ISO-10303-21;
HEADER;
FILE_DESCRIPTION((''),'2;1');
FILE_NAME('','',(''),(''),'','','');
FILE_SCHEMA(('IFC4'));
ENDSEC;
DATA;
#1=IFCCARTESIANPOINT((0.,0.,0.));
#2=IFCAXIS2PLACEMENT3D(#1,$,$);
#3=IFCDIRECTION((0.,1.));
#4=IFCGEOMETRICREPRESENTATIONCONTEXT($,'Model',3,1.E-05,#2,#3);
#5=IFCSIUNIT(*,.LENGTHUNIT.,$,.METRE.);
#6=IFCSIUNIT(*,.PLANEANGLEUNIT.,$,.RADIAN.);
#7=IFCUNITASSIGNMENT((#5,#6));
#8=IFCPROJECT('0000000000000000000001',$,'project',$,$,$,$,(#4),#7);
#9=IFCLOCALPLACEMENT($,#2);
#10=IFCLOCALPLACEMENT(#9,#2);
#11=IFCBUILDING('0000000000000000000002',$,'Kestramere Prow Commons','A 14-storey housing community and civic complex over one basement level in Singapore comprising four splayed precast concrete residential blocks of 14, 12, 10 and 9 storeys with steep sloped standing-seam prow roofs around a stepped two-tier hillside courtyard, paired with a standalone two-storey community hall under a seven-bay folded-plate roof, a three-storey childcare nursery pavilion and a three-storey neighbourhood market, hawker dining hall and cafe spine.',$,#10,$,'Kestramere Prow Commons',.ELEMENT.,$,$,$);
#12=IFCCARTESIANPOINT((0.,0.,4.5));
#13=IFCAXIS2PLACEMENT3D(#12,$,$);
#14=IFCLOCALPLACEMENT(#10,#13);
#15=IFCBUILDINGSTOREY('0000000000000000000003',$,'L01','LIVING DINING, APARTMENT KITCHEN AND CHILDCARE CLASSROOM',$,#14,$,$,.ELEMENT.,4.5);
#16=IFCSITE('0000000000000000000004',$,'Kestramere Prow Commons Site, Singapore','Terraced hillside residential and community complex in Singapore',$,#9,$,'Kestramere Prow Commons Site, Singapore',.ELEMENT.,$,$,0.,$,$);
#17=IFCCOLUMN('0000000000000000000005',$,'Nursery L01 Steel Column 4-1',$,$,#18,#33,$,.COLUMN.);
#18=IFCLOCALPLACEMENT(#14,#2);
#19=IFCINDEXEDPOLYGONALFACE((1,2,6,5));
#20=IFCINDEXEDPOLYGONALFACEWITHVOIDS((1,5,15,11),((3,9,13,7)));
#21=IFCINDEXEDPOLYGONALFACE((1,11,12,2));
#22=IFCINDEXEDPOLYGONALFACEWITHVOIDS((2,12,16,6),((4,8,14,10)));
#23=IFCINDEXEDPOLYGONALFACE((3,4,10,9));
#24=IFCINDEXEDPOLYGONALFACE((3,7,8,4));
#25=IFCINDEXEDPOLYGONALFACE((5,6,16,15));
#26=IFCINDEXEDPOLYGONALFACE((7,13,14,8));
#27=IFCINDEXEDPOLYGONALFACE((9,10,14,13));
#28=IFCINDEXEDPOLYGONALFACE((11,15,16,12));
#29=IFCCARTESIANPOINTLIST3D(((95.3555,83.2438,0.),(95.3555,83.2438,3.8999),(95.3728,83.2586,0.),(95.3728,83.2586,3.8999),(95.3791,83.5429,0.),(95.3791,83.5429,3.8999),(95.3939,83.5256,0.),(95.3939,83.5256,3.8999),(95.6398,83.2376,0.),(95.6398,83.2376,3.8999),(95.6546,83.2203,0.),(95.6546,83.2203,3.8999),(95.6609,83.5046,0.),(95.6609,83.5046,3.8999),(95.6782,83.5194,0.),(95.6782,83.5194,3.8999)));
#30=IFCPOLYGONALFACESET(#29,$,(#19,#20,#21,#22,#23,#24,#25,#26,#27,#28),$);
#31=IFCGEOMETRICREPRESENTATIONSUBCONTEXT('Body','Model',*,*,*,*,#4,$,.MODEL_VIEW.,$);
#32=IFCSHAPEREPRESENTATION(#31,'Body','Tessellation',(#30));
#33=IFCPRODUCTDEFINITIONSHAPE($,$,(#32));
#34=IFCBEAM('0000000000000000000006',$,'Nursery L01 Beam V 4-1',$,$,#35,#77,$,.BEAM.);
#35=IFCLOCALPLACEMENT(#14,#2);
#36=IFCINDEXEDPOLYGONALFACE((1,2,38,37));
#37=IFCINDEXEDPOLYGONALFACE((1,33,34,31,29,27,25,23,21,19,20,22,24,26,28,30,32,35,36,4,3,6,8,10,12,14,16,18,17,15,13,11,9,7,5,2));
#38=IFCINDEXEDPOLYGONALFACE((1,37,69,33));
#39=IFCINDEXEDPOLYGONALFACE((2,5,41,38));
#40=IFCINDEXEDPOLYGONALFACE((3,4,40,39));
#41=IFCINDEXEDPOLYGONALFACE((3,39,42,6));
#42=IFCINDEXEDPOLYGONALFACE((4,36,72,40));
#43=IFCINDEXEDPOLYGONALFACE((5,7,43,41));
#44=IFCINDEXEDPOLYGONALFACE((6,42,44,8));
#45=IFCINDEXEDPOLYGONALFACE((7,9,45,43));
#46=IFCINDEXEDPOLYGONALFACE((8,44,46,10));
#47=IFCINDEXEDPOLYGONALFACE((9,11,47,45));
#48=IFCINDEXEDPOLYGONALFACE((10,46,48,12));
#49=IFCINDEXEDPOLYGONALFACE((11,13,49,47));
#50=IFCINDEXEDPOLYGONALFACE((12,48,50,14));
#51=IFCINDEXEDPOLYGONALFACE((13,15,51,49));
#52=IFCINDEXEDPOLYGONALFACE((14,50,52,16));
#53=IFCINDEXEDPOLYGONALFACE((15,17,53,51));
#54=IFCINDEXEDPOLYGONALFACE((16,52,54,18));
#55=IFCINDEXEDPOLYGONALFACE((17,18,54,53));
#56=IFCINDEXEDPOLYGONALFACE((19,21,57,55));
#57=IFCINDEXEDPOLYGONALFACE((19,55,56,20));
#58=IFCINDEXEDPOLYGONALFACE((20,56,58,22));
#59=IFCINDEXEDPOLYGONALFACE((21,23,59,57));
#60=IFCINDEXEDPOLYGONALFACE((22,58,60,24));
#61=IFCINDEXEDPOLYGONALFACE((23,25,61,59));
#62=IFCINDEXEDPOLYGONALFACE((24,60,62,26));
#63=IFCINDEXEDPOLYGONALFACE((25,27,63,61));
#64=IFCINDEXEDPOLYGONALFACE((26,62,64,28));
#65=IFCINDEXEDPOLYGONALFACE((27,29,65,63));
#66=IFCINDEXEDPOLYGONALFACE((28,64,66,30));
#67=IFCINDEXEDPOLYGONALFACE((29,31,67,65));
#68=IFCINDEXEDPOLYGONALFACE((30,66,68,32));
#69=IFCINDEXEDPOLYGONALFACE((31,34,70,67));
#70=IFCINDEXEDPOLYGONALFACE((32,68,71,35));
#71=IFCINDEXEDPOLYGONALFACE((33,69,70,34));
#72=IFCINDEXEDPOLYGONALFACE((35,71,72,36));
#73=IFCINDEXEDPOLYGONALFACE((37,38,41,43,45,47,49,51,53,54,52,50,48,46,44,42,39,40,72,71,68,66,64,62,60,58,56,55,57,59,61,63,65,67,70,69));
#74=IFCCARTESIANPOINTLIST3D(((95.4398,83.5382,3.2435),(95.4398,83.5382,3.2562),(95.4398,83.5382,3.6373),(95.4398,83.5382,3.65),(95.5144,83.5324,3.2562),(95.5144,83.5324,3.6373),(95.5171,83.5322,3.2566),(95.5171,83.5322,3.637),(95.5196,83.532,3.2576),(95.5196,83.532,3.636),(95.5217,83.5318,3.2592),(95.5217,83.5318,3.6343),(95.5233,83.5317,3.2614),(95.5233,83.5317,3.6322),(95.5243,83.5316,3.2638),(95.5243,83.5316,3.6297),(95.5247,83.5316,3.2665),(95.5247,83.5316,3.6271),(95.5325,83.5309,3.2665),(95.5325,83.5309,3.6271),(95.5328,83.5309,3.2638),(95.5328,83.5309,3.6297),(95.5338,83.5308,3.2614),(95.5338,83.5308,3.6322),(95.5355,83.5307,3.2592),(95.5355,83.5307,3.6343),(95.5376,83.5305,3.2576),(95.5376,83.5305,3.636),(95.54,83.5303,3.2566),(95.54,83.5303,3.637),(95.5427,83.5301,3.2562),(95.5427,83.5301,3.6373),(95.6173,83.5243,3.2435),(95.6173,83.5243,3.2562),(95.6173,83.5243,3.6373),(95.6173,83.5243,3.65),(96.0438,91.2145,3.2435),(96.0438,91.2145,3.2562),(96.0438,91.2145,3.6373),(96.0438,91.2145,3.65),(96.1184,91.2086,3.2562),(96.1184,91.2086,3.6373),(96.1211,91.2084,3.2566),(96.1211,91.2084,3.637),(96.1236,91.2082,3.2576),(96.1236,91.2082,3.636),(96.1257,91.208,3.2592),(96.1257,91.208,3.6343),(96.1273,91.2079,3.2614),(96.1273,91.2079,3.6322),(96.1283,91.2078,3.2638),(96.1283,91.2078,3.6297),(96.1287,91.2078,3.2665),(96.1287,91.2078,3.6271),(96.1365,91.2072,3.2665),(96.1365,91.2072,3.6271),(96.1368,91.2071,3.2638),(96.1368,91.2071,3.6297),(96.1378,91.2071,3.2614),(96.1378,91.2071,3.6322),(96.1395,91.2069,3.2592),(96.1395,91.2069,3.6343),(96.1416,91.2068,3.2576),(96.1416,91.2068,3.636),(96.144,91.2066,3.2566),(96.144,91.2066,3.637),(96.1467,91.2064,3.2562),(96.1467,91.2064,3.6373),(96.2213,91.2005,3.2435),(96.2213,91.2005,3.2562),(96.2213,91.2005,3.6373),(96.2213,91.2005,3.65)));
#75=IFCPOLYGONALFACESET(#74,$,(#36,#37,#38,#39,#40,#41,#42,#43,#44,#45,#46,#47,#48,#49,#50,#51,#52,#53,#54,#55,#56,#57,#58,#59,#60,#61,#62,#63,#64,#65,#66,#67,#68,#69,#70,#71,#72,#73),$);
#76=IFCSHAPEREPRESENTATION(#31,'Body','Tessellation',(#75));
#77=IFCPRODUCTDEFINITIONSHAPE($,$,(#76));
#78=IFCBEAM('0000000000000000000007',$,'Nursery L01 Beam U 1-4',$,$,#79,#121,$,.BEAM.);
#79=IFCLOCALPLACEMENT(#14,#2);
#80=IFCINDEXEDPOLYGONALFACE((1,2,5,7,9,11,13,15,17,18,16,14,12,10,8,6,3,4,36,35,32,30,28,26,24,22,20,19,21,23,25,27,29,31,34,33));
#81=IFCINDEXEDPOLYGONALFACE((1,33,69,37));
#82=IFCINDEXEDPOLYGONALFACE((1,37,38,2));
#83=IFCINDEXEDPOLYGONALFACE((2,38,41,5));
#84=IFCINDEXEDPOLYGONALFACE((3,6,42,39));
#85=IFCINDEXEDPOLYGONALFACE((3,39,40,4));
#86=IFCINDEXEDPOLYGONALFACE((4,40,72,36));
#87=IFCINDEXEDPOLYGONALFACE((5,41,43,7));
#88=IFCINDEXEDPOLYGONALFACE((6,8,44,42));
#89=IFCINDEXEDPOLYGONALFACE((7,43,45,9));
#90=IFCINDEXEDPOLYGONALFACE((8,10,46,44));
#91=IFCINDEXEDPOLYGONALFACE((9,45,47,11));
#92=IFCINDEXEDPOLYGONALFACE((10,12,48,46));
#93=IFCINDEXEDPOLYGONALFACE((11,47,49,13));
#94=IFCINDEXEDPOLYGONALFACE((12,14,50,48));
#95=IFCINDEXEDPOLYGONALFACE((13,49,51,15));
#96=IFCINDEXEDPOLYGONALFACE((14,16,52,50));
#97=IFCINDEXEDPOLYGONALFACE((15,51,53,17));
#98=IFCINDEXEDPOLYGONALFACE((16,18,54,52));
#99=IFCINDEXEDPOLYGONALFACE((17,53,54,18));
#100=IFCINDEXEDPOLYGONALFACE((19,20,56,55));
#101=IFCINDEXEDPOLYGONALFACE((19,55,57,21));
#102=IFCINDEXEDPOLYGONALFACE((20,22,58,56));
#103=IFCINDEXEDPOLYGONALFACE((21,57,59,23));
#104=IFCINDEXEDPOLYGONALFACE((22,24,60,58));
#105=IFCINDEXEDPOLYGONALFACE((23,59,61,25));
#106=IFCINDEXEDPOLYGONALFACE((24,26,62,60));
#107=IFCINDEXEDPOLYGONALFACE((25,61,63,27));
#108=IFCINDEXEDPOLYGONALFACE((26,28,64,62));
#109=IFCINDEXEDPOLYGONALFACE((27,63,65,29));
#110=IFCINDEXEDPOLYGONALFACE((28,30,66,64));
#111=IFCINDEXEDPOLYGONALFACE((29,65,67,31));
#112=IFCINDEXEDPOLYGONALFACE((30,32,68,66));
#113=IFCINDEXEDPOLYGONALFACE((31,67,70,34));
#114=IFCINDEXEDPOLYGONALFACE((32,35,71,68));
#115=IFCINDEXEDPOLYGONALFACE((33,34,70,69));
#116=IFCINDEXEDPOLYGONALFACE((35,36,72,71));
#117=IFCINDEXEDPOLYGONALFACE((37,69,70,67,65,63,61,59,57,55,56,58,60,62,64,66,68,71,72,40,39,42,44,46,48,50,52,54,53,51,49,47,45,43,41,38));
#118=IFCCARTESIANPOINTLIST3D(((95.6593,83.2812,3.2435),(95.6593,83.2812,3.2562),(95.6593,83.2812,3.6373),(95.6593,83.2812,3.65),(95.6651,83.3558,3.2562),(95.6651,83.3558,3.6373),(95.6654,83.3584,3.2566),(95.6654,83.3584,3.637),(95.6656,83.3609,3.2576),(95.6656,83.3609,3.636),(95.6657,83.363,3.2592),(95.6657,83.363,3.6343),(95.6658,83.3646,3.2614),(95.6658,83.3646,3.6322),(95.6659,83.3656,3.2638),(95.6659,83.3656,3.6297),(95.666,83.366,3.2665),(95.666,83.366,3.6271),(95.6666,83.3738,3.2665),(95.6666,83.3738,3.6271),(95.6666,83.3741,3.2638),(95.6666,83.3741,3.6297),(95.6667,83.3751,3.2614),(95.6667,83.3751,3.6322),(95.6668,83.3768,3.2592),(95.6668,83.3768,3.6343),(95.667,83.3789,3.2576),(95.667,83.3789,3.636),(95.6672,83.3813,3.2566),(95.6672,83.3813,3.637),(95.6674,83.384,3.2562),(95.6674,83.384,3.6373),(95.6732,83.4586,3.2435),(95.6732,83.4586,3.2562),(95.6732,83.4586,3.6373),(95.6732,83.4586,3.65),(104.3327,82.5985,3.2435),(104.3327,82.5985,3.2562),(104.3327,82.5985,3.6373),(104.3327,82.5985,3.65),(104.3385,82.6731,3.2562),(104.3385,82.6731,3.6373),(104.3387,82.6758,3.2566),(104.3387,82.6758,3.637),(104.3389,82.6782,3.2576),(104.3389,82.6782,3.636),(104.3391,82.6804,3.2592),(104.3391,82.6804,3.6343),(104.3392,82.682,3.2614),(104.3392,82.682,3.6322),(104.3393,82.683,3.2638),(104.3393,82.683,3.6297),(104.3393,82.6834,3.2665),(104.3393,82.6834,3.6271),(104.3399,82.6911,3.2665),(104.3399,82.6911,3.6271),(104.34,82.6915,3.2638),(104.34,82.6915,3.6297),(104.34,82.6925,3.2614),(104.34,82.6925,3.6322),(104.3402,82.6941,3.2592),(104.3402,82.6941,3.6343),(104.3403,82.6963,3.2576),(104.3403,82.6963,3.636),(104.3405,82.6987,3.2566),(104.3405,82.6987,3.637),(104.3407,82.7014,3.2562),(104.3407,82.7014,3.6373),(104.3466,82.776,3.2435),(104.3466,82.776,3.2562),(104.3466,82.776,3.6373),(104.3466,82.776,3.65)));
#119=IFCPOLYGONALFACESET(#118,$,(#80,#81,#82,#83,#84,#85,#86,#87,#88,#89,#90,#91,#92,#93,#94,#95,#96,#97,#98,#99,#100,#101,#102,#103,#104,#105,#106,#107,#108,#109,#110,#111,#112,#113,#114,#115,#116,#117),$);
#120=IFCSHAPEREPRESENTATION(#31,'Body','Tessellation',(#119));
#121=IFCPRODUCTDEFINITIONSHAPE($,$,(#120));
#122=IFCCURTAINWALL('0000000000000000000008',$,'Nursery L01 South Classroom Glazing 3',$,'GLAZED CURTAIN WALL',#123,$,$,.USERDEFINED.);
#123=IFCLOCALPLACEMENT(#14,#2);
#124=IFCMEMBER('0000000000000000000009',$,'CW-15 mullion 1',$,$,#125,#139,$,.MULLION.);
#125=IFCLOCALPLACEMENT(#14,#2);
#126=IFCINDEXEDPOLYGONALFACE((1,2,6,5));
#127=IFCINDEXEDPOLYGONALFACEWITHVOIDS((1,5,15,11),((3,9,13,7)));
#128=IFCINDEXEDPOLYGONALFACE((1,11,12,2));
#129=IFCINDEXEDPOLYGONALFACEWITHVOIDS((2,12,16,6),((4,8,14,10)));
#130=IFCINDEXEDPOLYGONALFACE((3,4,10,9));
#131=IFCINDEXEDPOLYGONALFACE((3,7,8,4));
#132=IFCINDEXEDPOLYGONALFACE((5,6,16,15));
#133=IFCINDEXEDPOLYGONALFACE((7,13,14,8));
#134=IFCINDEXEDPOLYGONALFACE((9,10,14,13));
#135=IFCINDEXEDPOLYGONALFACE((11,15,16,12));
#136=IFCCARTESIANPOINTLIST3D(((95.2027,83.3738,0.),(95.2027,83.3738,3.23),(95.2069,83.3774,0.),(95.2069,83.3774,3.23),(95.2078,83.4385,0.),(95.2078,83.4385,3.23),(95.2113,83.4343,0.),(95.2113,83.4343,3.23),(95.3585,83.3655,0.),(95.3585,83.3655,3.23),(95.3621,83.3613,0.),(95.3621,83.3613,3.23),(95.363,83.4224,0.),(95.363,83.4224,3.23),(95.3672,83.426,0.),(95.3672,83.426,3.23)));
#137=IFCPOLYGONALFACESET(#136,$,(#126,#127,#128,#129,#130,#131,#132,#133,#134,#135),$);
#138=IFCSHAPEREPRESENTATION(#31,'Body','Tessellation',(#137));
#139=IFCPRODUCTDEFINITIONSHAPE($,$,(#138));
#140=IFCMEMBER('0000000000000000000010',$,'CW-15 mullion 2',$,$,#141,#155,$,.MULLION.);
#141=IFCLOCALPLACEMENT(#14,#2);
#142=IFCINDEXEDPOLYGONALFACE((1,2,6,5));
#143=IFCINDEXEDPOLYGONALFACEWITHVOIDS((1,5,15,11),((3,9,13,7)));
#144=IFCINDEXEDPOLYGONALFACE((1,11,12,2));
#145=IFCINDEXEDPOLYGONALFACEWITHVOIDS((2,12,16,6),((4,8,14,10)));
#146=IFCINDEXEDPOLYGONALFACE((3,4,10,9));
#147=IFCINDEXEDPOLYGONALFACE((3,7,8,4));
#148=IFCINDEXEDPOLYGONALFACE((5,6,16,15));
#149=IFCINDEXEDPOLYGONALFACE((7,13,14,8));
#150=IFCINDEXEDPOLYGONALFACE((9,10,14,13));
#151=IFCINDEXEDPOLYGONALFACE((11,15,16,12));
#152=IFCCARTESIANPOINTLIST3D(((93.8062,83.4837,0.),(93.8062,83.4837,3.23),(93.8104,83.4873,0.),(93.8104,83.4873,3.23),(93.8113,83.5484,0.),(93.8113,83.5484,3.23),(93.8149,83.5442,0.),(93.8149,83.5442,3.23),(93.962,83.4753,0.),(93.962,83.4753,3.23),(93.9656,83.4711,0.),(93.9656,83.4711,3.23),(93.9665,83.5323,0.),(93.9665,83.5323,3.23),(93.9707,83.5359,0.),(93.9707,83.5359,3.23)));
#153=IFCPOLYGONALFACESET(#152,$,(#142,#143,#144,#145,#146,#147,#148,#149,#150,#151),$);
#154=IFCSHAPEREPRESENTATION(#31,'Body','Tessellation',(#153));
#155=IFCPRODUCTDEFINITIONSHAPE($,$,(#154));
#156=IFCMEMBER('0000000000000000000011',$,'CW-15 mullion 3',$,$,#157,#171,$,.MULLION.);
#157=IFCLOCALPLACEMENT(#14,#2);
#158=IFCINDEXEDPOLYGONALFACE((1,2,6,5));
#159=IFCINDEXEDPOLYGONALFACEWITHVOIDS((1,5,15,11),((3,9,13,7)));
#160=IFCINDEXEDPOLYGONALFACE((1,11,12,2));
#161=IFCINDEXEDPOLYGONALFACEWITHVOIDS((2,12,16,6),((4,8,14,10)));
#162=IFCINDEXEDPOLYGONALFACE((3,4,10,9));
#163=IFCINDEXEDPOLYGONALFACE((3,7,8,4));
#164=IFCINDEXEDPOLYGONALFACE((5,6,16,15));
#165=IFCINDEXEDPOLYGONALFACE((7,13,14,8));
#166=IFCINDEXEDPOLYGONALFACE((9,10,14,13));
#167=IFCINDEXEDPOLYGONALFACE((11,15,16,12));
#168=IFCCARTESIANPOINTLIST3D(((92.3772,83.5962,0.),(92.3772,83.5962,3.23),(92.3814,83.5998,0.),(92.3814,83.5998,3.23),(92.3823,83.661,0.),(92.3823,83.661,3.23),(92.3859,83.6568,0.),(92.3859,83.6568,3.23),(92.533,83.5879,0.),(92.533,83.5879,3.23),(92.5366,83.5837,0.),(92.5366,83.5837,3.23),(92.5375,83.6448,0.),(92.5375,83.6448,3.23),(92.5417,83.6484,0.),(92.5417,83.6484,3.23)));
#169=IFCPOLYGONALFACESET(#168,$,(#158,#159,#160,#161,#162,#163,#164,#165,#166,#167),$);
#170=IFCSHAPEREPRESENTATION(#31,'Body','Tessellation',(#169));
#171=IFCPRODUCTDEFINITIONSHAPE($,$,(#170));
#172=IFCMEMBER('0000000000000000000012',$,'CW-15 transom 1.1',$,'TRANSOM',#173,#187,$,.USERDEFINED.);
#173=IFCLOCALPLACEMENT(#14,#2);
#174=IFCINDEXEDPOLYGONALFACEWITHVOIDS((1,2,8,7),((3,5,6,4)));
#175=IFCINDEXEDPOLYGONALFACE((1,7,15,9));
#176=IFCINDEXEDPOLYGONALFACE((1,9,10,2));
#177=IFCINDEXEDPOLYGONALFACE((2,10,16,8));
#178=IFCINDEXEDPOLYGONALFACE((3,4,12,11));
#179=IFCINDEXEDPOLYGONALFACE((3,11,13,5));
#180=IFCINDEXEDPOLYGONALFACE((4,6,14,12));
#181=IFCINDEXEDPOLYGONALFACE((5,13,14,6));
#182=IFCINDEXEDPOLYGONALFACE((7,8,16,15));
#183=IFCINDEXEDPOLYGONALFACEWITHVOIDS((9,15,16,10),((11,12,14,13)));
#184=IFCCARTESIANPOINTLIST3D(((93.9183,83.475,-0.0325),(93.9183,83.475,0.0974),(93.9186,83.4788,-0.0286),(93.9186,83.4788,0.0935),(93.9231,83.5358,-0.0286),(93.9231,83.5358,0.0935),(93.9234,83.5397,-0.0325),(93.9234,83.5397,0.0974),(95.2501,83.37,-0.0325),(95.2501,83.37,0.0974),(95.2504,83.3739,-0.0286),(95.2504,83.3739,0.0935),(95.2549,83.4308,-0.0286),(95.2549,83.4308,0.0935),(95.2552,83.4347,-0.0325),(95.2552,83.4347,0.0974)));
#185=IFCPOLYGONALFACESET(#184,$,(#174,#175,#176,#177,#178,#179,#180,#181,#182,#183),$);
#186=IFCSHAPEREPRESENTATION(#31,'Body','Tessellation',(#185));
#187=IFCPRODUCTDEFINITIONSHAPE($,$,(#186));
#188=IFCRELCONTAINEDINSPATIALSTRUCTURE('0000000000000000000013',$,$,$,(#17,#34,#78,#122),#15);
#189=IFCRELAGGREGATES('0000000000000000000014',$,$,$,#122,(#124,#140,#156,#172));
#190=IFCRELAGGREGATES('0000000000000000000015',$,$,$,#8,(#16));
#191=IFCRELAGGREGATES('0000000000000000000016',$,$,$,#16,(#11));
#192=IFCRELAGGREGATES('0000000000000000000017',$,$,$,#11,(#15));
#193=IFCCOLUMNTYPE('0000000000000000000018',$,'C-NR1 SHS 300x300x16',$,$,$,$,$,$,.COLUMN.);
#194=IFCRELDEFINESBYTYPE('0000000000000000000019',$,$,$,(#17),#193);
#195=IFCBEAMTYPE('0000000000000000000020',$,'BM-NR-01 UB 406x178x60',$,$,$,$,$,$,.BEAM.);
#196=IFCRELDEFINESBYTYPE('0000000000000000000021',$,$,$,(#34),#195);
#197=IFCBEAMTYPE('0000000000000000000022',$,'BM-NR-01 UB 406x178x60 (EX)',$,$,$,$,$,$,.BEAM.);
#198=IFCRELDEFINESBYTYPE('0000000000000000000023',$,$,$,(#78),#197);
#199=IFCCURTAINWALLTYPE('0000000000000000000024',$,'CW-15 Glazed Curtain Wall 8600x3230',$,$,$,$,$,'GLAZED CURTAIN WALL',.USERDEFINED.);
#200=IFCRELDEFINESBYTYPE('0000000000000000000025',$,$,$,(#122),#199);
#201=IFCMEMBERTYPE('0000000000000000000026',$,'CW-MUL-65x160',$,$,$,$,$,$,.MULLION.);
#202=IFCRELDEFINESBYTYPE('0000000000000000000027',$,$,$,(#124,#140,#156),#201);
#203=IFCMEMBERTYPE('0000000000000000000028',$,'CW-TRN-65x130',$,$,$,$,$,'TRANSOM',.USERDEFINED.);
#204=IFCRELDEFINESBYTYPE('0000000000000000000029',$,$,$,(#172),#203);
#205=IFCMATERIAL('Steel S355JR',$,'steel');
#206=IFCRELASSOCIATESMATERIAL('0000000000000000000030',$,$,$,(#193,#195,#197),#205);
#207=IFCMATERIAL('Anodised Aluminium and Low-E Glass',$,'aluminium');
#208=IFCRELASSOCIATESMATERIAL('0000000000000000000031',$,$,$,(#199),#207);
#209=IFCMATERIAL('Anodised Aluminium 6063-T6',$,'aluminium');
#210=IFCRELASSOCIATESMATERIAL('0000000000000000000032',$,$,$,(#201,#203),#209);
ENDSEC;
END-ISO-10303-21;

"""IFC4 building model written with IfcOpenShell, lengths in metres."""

from ifc_helpers import new_model, si_unit, direction, frame, origin, origin_2d, place, context, subcontext, project, spatial, hollow_rectangle, i_section, extrude, material, material_profile, profile_set, type_object, element, aggregate, save


model = new_model("IFC4")

# Units and contexts
model_context = context("Model", 3, precision=1e-05, world=origin(), true_north=direction((0.0, 1.0)))
body_context = subcontext(model_context, "Body", "Model", "MODEL_VIEW")
ifc_project = project(units=[si_unit("LENGTHUNIT", "METRE"), si_unit("PLANEANGLEUNIT", "RADIAN")], contexts=[model_context])

# Site, building, storey
site_placement = place(None, origin())
site = spatial("IfcSite", under=ifc_project, at=site_placement, Name="Kestramere Prow Commons Site, Singapore", Description="Terraced hillside residential and community complex in Singapore", LongName="Kestramere Prow Commons Site, Singapore", CompositionType="ELEMENT", RefElevation=0.0)
building_placement = place(site_placement, origin())
building = spatial("IfcBuilding", under=site, at=building_placement, Name="Kestramere Prow Commons", Description="A 14-storey housing community and civic complex over one basement level in Singapore comprising four splayed precast concrete residential blocks of 14, 12, 10 and 9 storeys with steep sloped standing-seam prow roofs around a stepped two-tier hillside courtyard, paired with a standalone two-storey community hall under a seven-bay folded-plate roof, a three-storey childcare nursery pavilion and a three-storey neighbourhood market, hawker dining hall and cafe spine.", LongName="Kestramere Prow Commons", CompositionType="ELEMENT")
storey_placement = place(building_placement, frame((0.0, 0.0, 4.5)))
storey = spatial("IfcBuildingStorey", under=building, at=storey_placement, Name="L01", Description="LIVING DINING, APARTMENT KITCHEN AND CHILDCARE CLASSROOM", CompositionType="ELEMENT", Elevation=4.5)

# Column
ifc_material_1 = material(Name="Steel S355JR", Category="steel")
ifc_material_profile_1 = material_profile(ifc_material_1, hollow_rectangle(XDim=0.3, YDim=0.3, WallThickness=0.0161, at=origin_2d()), Name="SHS 300x300x16")
ifc_profile_set_1 = profile_set([ifc_material_profile_1], Name="Steel S355JR")
column_type = type_object("IfcColumnType", Name="C-NR1 SHS 300x300x16", PredefinedType="COLUMN", material=ifc_profile_set_1)
column_placement = place(storey_placement, frame((95.5168, 83.3816, 0.0), z_axis=(0.0, 0.0, 1.0), x_axis=(0.996917, -0.078459, 0.0)))
element("IfcColumn", 1, at=column_placement, inside=storey, type_object=column_type, Name="Nursery L01 Steel Column 4-1", PredefinedType="COLUMN", context=body_context, shape_type="SweptSolid", body=[
    extrude(hollow_rectangle(XDim=0.3, YDim=0.3, WallThickness=0.0161, at=origin_2d()), origin(), (0.0, 0.0, 1.0), 3.8999),
])

# Beams
ifc_material_profile_2 = material_profile(ifc_material_1, i_section(OverallWidth=0.178, OverallDepth=0.4065, WebThickness=0.0078, FlangeThickness=0.0127, FilletRadius=0.0103, at=origin_2d()), Name="UB 406x178x60")
ifc_profile_set_2 = profile_set([ifc_material_profile_2], Name="Steel S355JR")
beam_type_1 = type_object("IfcBeamType", Name="BM-NR-01 UB 406x178x60", PredefinedType="BEAM", material=ifc_profile_set_2)
beam_1_placement = place(storey_placement, frame((95.5286, 83.5312, 3.4468), z_axis=(0.078442, 0.996919, 0.0), x_axis=(-0.996919, 0.078442, 0.0)))
element("IfcBeam", 2, at=beam_1_placement, inside=storey, type_object=beam_type_1, Name="Nursery L01 Beam V 4-1", PredefinedType="BEAM", context=body_context, shape_type="SweptSolid", body=[
    extrude(i_section(OverallWidth=0.178, OverallDepth=0.4065, WebThickness=0.0078, FlangeThickness=0.0127, FilletRadius=0.0103, at=origin_2d()), origin(), (0.0, 0.0, 1.0), 7.7),
])
ifc_material_profile_3 = material_profile(ifc_material_1, i_section(OverallWidth=0.178, OverallDepth=0.4065, WebThickness=0.0078, FlangeThickness=0.0127, FilletRadius=0.0103, at=origin_2d()), Name="UB 406x178x60")
ifc_profile_set_3 = profile_set([ifc_material_profile_3], Name="Steel S355JR")
beam_type_2 = type_object("IfcBeamType", Name="BM-NR-01 UB 406x178x60 (EX)", PredefinedType="BEAM", material=ifc_profile_set_3)
beam_2_placement = place(storey_placement, frame((95.6663, 83.3699, 3.4468), z_axis=(0.996917, -0.07846, 0.0), x_axis=(0.07846, 0.996917, 0.0)))
element("IfcBeam", 3, at=beam_2_placement, inside=storey, type_object=beam_type_2, Name="Nursery L01 Beam U 1-4", PredefinedType="BEAM", context=body_context, shape_type="SweptSolid", body=[
    extrude(i_section(OverallWidth=0.178, OverallDepth=0.4065, WebThickness=0.0078, FlangeThickness=0.0127, FilletRadius=0.0103, at=origin_2d()), origin(), (0.0, 0.0, 1.0), 8.7002),
])

# Curtain wall, members
ifc_material_2 = material(Name="Anodised Aluminium and Low-E Glass", Category="aluminium")
curtain_wall_type = type_object("IfcCurtainWallType", Name="CW-15 Glazed Curtain Wall 8600x3230", ElementType="GLAZED CURTAIN WALL", PredefinedType="USERDEFINED", material=ifc_material_2)
curtain_wall_placement = place(storey_placement, origin())
curtain_wall = element("IfcCurtainWall", 4, at=curtain_wall_placement, inside=storey, type_object=curtain_wall_type, Name="Nursery L01 South Classroom Glazing 3", ObjectType="GLAZED CURTAIN WALL", PredefinedType="USERDEFINED")
ifc_material_3 = material(Name="Anodised Aluminium 6063-T6", Category="aluminium")
ifc_material_profile_4 = material_profile(ifc_material_3, hollow_rectangle(XDim=0.0649, YDim=0.1599, WallThickness=0.0039, at=origin_2d()), Name="ALU-MUL 65x160")
ifc_profile_set_4 = profile_set([ifc_material_profile_4], Name="Anodised Aluminium 6063-T6")
member_type_1 = type_object("IfcMemberType", Name="CW-MUL-65x160", PredefinedType="MULLION", material=ifc_profile_set_4)
member_1_placement = place(storey_placement, frame((95.2849, 83.3999, 0.0), z_axis=(0.0, 0.0, 1.0), x_axis=(-0.078459, -0.996917, 0.0)))
member_1 = element("IfcMember", 5, at=member_1_placement, type_object=member_type_1, Name="CW-15 mullion 1", PredefinedType="MULLION", context=body_context, shape_type="SweptSolid", body=[
    extrude(hollow_rectangle(XDim=0.0649, YDim=0.1599, WallThickness=0.0039, at=origin_2d()), origin(), (0.0, 0.0, 1.0), 3.23),
])
member_2_placement = place(storey_placement, frame((93.8884, 83.5098, 0.0), z_axis=(0.0, 0.0, 1.0), x_axis=(-0.078459, -0.996917, 0.0)))
member_2 = element("IfcMember", 6, at=member_2_placement, type_object=member_type_1, Name="CW-15 mullion 2", PredefinedType="MULLION", context=body_context, shape_type="SweptSolid", body=[
    extrude(hollow_rectangle(XDim=0.0649, YDim=0.1599, WallThickness=0.0039, at=origin_2d()), origin(), (0.0, 0.0, 1.0), 3.23),
])
member_3_placement = place(storey_placement, frame((92.4595, 83.6223, 0.0), z_axis=(0.0, 0.0, 1.0), x_axis=(-0.078459, -0.996917, 0.0)))
member_3 = element("IfcMember", 7, at=member_3_placement, type_object=member_type_1, Name="CW-15 mullion 3", PredefinedType="MULLION", context=body_context, shape_type="SweptSolid", body=[
    extrude(hollow_rectangle(XDim=0.0649, YDim=0.1599, WallThickness=0.0039, at=origin_2d()), origin(), (0.0, 0.0, 1.0), 3.23),
])
ifc_material_profile_5 = material_profile(ifc_material_3, hollow_rectangle(XDim=0.0649, YDim=0.1299, WallThickness=0.0039, at=origin_2d()), Name="ALU-TRN 65x130")
ifc_profile_set_5 = profile_set([ifc_material_profile_5], Name="Anodised Aluminium 6063-T6")
member_type_2 = type_object("IfcMemberType", Name="CW-TRN-65x130", ElementType="TRANSOM", PredefinedType="USERDEFINED", material=ifc_profile_set_5)
member_4_placement = place(storey_placement, frame((95.2527, 83.4023, 0.0325), z_axis=(-0.996908, 0.078583, 0.0), x_axis=(-0.078583, -0.996908, 0.0)))
member_4 = element("IfcMember", 8, at=member_4_placement, type_object=member_type_2, Name="CW-15 transom 1.1", ObjectType="TRANSOM", PredefinedType="USERDEFINED", context=body_context, shape_type="SweptSolid", body=[
    extrude(hollow_rectangle(XDim=0.0649, YDim=0.1299, WallThickness=0.0039, at=origin_2d()), origin(), (0.0, 0.0, 1.0), 1.3359),
])
aggregate(curtain_wall, [member_1, member_2, member_3, member_4])

save(model, "model.ifc")
